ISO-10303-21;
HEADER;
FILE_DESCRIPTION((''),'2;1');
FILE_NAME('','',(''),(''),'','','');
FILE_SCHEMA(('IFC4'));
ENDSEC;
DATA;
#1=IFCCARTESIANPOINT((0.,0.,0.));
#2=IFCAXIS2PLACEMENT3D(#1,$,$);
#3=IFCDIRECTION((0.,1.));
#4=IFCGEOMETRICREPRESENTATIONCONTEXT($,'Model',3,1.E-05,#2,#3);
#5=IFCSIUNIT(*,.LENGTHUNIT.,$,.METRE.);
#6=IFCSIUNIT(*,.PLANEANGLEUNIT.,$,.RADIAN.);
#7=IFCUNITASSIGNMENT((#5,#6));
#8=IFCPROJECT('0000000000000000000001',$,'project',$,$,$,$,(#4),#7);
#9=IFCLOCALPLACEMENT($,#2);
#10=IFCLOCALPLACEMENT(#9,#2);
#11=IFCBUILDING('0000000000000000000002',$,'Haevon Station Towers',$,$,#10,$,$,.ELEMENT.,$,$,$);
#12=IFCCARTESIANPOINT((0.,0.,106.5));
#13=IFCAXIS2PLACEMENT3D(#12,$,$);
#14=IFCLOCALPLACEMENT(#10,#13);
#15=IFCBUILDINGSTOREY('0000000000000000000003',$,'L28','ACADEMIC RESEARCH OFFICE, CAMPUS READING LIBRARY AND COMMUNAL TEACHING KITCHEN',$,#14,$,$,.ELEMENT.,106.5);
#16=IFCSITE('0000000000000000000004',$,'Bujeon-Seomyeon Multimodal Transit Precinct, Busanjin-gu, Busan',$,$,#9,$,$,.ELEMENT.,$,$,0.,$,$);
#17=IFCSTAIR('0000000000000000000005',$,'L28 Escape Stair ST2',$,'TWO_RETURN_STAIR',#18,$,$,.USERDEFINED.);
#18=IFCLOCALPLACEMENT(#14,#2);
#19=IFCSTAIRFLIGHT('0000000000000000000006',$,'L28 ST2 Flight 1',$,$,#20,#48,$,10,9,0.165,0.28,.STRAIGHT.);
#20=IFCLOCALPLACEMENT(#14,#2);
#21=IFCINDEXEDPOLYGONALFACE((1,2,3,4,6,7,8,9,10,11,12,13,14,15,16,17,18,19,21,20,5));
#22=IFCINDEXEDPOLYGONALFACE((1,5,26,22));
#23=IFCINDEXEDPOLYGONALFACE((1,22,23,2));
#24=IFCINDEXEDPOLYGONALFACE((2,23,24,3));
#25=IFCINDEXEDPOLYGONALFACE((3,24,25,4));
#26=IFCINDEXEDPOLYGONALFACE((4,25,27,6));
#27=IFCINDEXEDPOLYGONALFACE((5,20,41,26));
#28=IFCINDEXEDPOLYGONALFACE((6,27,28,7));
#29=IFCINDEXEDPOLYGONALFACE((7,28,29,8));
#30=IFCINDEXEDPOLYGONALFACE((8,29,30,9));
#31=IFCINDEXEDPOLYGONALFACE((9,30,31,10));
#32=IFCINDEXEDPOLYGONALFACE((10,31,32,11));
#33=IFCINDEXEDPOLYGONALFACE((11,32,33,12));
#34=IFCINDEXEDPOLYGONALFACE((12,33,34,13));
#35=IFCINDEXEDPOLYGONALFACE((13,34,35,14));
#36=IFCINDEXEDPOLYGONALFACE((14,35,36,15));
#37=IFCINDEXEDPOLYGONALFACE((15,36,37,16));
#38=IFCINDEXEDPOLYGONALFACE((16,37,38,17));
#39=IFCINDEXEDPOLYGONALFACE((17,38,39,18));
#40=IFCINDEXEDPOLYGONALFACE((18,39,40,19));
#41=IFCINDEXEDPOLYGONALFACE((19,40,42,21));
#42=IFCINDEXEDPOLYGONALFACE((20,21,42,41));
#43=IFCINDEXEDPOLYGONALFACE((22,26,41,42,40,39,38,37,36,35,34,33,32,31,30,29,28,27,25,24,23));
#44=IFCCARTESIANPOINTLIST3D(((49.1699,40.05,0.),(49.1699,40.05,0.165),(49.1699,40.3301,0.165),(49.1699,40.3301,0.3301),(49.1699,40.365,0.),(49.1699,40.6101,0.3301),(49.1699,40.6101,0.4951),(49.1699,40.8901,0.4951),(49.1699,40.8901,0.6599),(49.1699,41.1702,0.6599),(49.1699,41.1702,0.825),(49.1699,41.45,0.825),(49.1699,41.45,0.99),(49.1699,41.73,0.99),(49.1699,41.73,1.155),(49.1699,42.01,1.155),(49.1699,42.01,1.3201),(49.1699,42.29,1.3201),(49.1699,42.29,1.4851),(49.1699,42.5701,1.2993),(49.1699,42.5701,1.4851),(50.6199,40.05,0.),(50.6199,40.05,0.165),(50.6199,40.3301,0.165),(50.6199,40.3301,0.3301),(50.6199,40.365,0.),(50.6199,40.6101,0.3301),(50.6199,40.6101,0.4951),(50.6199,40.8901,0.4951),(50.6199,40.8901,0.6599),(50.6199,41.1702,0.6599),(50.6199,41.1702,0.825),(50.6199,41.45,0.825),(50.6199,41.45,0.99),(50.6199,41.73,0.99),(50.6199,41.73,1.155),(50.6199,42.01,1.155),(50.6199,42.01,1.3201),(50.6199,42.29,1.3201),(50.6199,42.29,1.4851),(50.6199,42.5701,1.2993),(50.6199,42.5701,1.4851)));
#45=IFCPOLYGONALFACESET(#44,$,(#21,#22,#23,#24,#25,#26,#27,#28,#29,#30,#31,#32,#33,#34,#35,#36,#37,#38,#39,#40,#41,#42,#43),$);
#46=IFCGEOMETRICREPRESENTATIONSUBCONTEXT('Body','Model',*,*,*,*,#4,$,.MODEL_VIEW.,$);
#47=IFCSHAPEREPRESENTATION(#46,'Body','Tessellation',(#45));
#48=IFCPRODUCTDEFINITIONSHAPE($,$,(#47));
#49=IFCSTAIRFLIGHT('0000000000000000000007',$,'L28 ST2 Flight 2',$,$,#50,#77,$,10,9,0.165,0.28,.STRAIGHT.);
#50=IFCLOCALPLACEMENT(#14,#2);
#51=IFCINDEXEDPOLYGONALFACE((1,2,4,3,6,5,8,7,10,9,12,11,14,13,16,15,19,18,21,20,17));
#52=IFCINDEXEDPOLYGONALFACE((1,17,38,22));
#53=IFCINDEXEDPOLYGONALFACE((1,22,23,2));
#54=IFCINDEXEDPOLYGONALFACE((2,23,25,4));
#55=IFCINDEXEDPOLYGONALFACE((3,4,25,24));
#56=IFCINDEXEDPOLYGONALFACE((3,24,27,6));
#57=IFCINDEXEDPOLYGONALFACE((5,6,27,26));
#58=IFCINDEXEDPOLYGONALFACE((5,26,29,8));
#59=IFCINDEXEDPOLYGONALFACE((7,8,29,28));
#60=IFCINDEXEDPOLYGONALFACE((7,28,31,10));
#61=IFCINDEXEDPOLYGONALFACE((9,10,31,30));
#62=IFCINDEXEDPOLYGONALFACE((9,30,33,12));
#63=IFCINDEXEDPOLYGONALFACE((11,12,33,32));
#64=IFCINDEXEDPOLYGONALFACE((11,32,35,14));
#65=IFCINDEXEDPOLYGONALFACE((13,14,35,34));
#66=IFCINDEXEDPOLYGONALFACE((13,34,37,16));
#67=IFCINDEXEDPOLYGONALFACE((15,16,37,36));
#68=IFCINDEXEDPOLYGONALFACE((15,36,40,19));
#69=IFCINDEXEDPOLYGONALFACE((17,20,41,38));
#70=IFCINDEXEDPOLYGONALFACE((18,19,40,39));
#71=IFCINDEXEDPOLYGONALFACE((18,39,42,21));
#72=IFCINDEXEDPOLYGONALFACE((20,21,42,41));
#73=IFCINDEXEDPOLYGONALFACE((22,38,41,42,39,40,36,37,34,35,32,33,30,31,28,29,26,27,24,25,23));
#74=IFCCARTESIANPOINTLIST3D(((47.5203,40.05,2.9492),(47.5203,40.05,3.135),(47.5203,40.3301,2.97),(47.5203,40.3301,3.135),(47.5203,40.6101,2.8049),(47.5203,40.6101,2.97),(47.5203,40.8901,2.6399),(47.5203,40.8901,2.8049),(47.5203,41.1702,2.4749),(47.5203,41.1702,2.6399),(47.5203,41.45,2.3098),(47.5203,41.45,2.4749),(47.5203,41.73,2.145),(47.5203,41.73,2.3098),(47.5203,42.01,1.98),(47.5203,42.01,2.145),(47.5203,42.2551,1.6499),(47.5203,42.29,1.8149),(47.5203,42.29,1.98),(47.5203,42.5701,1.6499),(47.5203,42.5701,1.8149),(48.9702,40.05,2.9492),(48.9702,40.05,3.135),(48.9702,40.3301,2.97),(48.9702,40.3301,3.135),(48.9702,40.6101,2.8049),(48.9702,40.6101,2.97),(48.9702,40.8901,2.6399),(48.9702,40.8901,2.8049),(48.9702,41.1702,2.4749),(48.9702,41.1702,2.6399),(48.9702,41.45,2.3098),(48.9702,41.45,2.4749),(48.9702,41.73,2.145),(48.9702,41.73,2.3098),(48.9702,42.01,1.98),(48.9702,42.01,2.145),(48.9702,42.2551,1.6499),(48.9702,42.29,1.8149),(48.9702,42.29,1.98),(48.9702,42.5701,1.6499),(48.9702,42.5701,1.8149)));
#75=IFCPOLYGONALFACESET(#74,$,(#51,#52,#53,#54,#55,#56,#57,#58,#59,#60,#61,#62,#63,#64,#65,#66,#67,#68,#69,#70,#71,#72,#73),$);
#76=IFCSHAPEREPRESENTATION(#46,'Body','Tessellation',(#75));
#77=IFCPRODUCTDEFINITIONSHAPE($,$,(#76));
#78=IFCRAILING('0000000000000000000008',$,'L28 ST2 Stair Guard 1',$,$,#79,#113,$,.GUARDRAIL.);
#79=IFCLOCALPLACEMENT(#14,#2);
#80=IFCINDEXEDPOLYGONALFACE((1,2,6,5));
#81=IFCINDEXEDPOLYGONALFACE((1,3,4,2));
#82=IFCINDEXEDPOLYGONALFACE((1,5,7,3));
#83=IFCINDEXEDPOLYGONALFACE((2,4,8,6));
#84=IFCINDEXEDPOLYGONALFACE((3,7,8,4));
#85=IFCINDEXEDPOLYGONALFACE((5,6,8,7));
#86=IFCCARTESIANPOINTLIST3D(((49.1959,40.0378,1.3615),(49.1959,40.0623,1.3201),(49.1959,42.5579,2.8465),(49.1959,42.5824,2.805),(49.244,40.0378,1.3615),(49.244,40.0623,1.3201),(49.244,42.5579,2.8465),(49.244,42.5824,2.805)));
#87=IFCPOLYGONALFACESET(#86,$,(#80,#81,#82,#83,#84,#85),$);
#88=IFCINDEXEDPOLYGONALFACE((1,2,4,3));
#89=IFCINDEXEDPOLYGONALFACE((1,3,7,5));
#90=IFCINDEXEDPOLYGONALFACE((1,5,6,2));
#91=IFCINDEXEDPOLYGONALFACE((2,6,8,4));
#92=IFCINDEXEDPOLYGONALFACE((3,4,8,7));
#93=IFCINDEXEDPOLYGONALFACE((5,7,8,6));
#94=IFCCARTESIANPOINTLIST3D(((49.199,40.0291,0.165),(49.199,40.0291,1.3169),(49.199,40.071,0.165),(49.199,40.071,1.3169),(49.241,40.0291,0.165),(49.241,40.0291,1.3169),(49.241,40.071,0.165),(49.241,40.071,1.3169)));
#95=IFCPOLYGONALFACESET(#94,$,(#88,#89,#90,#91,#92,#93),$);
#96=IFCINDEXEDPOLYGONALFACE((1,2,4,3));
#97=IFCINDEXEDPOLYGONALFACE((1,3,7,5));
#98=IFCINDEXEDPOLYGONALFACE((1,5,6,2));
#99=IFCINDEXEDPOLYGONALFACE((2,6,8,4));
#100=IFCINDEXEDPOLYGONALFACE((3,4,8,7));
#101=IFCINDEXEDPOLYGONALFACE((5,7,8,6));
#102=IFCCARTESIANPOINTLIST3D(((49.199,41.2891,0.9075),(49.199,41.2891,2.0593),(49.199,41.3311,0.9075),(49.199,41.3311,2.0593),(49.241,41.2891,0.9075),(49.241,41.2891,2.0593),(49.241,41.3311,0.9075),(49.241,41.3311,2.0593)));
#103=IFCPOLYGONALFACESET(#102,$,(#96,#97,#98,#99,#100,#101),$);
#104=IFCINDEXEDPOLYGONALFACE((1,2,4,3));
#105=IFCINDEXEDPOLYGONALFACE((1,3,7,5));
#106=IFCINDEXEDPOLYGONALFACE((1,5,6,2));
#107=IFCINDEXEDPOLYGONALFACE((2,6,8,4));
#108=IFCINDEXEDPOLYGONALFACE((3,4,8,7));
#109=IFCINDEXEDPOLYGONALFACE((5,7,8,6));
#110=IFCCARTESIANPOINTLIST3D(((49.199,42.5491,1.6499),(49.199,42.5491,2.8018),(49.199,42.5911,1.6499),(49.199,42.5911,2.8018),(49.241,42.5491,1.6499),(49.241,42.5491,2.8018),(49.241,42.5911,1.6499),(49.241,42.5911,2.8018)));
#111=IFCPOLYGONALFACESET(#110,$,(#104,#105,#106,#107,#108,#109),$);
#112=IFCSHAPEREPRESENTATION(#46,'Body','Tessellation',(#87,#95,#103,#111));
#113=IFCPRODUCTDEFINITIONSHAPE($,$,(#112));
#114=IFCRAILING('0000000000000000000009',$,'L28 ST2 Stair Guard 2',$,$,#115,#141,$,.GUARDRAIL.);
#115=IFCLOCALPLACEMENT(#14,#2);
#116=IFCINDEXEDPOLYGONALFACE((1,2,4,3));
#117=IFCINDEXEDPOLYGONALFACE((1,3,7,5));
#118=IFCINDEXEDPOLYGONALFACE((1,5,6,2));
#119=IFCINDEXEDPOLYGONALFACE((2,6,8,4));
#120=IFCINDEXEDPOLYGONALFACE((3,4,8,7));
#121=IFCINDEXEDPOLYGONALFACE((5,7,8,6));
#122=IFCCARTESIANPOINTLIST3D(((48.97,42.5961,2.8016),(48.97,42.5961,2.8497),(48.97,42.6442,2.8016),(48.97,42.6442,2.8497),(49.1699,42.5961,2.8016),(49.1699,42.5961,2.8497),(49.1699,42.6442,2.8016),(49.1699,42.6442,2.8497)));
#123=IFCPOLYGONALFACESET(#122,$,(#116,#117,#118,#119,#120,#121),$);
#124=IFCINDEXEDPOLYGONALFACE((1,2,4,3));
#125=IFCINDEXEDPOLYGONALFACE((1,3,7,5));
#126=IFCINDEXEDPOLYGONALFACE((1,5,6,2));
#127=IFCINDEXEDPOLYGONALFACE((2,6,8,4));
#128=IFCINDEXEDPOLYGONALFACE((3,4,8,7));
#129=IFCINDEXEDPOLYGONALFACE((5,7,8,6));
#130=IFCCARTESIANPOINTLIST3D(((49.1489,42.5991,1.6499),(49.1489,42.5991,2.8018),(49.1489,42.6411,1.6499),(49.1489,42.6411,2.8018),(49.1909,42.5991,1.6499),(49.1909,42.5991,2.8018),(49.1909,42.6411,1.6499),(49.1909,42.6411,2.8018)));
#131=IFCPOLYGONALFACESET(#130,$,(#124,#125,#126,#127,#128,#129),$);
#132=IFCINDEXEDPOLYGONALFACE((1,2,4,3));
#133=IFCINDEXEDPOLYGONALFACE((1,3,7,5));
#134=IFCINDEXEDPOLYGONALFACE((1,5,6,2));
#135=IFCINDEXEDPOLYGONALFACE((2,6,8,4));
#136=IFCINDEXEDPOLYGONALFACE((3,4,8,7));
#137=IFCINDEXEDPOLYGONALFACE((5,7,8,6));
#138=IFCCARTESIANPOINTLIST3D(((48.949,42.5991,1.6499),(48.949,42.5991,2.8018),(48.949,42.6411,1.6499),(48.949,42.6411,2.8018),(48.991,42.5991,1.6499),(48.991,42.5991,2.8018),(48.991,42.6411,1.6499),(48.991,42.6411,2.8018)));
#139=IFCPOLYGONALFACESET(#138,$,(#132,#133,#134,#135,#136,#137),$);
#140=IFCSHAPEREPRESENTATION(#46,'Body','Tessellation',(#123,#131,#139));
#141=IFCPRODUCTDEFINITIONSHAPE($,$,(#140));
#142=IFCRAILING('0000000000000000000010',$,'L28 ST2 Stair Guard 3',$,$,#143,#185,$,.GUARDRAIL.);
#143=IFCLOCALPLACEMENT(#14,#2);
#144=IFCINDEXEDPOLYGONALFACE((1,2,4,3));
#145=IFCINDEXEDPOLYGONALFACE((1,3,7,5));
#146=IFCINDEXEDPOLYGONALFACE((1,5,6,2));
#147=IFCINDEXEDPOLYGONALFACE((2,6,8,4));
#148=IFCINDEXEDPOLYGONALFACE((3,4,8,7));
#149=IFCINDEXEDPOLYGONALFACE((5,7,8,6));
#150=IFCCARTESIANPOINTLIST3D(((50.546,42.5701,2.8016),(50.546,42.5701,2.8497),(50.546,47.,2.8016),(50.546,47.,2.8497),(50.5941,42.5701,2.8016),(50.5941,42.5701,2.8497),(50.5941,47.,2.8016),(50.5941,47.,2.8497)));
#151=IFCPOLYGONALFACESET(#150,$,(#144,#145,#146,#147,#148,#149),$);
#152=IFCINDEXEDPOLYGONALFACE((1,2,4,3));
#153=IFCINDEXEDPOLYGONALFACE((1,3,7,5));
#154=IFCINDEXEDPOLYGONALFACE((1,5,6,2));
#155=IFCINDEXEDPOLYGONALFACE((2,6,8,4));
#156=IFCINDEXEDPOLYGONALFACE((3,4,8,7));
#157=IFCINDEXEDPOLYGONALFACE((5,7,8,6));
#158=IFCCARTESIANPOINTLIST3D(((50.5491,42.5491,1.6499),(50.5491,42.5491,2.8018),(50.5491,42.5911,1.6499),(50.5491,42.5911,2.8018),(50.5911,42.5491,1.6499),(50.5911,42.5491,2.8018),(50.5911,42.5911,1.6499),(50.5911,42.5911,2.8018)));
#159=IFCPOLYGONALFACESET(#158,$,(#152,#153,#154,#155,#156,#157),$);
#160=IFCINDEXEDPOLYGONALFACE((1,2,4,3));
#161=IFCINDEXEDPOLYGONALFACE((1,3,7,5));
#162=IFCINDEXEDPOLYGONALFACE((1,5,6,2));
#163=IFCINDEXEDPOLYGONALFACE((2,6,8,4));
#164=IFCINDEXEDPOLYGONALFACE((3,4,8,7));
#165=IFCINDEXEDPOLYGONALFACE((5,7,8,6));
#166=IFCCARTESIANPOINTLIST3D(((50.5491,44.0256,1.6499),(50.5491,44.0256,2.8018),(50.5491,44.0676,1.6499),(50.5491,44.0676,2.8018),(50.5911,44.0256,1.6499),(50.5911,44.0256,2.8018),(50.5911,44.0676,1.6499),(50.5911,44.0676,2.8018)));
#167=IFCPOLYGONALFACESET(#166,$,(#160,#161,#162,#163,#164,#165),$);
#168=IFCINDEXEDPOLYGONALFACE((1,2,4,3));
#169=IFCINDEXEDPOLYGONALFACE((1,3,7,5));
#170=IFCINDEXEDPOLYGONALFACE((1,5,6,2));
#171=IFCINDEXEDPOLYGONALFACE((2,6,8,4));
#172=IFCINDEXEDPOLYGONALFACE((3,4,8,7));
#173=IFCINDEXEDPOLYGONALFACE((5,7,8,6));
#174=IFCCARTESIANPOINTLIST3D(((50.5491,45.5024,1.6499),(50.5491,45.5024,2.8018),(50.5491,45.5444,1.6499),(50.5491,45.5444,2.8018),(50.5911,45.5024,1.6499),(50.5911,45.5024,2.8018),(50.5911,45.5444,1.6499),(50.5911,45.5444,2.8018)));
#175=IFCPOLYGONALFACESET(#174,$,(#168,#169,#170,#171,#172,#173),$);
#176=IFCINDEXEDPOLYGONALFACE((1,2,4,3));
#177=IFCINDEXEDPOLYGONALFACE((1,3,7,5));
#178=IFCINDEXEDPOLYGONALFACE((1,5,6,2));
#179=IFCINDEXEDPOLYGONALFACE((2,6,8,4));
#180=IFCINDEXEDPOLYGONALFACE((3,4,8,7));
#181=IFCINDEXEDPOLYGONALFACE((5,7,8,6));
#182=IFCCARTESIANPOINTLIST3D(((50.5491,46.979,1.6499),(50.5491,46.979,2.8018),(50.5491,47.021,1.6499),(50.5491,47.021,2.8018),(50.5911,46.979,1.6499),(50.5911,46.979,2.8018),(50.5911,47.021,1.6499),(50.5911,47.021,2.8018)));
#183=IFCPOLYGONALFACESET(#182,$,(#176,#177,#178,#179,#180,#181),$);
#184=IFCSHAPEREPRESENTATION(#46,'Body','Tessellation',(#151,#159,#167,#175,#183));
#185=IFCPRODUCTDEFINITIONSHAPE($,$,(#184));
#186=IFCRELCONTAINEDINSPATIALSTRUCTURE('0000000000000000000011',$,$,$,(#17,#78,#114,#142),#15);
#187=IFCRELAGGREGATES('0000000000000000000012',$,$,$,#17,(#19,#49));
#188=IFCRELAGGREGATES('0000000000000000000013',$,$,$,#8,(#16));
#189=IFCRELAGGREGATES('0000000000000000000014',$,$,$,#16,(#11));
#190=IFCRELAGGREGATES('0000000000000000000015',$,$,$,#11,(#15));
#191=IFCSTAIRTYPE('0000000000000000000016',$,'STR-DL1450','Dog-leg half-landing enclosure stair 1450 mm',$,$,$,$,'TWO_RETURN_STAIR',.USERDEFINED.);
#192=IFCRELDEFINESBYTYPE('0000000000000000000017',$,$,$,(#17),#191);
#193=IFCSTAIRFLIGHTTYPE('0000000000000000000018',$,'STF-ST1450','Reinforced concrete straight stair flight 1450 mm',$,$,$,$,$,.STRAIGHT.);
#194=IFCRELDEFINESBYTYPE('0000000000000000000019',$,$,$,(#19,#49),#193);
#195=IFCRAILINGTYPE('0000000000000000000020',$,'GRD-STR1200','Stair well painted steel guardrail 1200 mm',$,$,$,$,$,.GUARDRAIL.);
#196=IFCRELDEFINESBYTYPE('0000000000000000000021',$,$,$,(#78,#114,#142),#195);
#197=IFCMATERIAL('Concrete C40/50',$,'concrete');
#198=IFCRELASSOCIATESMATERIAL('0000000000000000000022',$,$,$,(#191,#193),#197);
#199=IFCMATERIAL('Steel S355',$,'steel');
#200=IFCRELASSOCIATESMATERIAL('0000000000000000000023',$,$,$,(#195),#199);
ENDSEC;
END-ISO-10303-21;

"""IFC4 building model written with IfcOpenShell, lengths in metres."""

from ifc_helpers import new_model, si_unit, direction, frame, origin, origin_2d, place, context, subcontext, project, spatial, polyline, rectangle, outline, extrude, material, type_object, element, aggregate, save


model = new_model("IFC4")

# Units and contexts
model_context = context("Model", 3, precision=1e-05, world=origin(), true_north=direction((0.0, 1.0)))
body_context = subcontext(model_context, "Body", "Model", "MODEL_VIEW")
ifc_project = project(units=[si_unit("LENGTHUNIT", "METRE"), si_unit("PLANEANGLEUNIT", "RADIAN")], contexts=[model_context])

# Site, building, storey
site_placement = place(None, origin())
site = spatial("IfcSite", under=ifc_project, at=site_placement, Name="Bujeon-Seomyeon Multimodal Transit Precinct, Busanjin-gu, Busan", CompositionType="ELEMENT", RefElevation=0.0)
building_placement = place(site_placement, origin())
building = spatial("IfcBuilding", under=site, at=building_placement, Name="Haevon Station Towers", CompositionType="ELEMENT")
storey_placement = place(building_placement, frame((0.0, 0.0, 106.5)))
storey = spatial("IfcBuildingStorey", under=building, at=storey_placement, Name="L28", Description="ACADEMIC RESEARCH OFFICE, CAMPUS READING LIBRARY AND COMMUNAL TEACHING KITCHEN", CompositionType="ELEMENT", Elevation=106.5)

# Shared definitions
ifc_material_1 = material(Name="Steel S355", Category="steel")

# Shared definitions
ifc_material_2 = material(Name="Concrete C40/50", Category="concrete")

# Stair, stair flights
stair_type = type_object("IfcStairType", Name="STR-DL1450", Description="Dog-leg half-landing enclosure stair 1450 mm", ElementType="TWO_RETURN_STAIR", PredefinedType="USERDEFINED", material=ifc_material_2)
stair_placement = place(storey_placement, origin())
stair = element("IfcStair", 1, at=stair_placement, inside=storey, type_object=stair_type, Name="L28 Escape Stair ST2", ObjectType="TWO_RETURN_STAIR", PredefinedType="USERDEFINED")
stair_flight_type = type_object("IfcStairFlightType", Name="STF-ST1450", Description="Reinforced concrete straight stair flight 1450 mm", PredefinedType="STRAIGHT", material=ifc_material_2)
stair_flight_1_placement = place(storey_placement, frame((49.895, 40.05, 0.0), z_axis=(0.0, 0.0, 1.0), x_axis=(0.0, 1.0, 0.0)))
stair_flight_1 = element("IfcStairFlight", 2, at=stair_flight_1_placement, type_object=stair_flight_type, Name="L28 ST2 Flight 1", NumberOfRisers=10, NumberOfTreads=9, PredefinedType="STRAIGHT", RiserHeight=0.165, TreadLength=0.28, context=body_context, shape_type="SweptSolid", body=[
    extrude(outline(polyline([(0.0, 0.0), (0.0, 0.165), (0.28, 0.165), (0.28, 0.3301), (0.5601, 0.3301), (0.5601, 0.4951), (0.8401, 0.4951), (0.8401, 0.6599), (1.1201, 0.6599), (1.1201, 0.825), (1.3999, 0.825), (1.3999, 0.99), (1.6799, 0.99), (1.6799, 1.155), (1.96, 1.155), (1.96, 1.3201), (2.24, 1.3201), (2.24, 1.4851), (2.52, 1.4851), (2.52, 1.6499), (2.52, 1.2993), (0.3149, 0.0), (0.0, 0.0)])), frame((0.0, 0.7251, 0.0), z_axis=(0.0, -1.0, 0.0), x_axis=(1.0, 0.0, 0.0)), (0.0, 0.0, 1.0), 1.45),
])
stair_flight_2_placement = place(storey_placement, frame((48.2451, 42.5701, 1.6499), z_axis=(0.0, 0.0, 1.0), x_axis=(0.0, -1.0, 0.0)))
stair_flight_2 = element("IfcStairFlight", 3, at=stair_flight_2_placement, type_object=stair_flight_type, Name="L28 ST2 Flight 2", NumberOfRisers=10, NumberOfTreads=9, PredefinedType="STRAIGHT", RiserHeight=0.165, TreadLength=0.28, context=body_context, shape_type="SweptSolid", body=[
    extrude(outline(polyline([(0.0, 0.0), (0.0, 0.165), (0.28, 0.165), (0.28, 0.3301), (0.5601, 0.3301), (0.5601, 0.4951), (0.8401, 0.4951), (0.8401, 0.6599), (1.1201, 0.6599), (1.1201, 0.825), (1.3999, 0.825), (1.3999, 0.99), (1.6799, 0.99), (1.6799, 1.155), (1.96, 1.155), (1.96, 1.3201), (2.24, 1.3201), (2.24, 1.4851), (2.52, 1.4851), (2.52, 1.6499), (2.52, 1.2993), (0.3149, 0.0), (0.0, 0.0)])), frame((0.0, 0.7251, 0.0), z_axis=(0.0, -1.0, 0.0), x_axis=(1.0, 0.0, 0.0)), (0.0, 0.0, 1.0), 1.45),
])
aggregate(stair, [stair_flight_1, stair_flight_2])

# Railings
railing_type_1 = type_object("IfcRailingType", Name="GRD-STR1200", Description="Stair well painted steel guardrail 1200 mm", PredefinedType="GUARDRAIL", material=ifc_material_1)
railing_1_placement = place(storey_placement, frame((49.22, 40.05, 0.165)))
element("IfcRailing", 4, at=railing_1_placement, inside=storey, type_object=railing_type_1, Name="L28 ST2 Stair Guard 1", PredefinedType="GUARDRAIL", context=body_context, shape_type="SweptSolid", body=[
    extrude(rectangle(XDim=0.0481, YDim=0.0481, at=origin_2d()), frame((0.0, 0.0, 1.1758), z_axis=(0.0, 0.861561, 0.507655), x_axis=(-1.0, 0.0, 0.0)), (0.0, 0.0, 1.0), 2.925),
    extrude(rectangle(XDim=0.042, YDim=0.042, at=origin_2d()), origin(), (0.0, 0.0, 1.0), 1.1519),
    extrude(rectangle(XDim=0.042, YDim=0.042, at=origin_2d()), frame((0.0, 1.26, 0.7424)), (0.0, 0.0, 1.0), 1.1519),
    extrude(rectangle(XDim=0.042, YDim=0.042, at=origin_2d()), frame((0.0, 2.52, 1.4849)), (0.0, 0.0, 1.0), 1.1519),
])
railing_2_placement = place(storey_placement, frame((49.1699, 42.6201, 1.6499)))
element("IfcRailing", 5, at=railing_2_placement, inside=storey, type_object=railing_type_1, Name="L28 ST2 Stair Guard 2", PredefinedType="GUARDRAIL", context=body_context, shape_type="SweptSolid", body=[
    extrude(rectangle(XDim=0.0481, YDim=0.0481, at=origin_2d()), frame((0.0, 0.0, 1.1758), z_axis=(-1.0, 0.0, 0.0), x_axis=(0.0, -1.0, 0.0)), (0.0, 0.0, 1.0), 0.2),
    extrude(rectangle(XDim=0.042, YDim=0.042, at=origin_2d()), origin(), (0.0, 0.0, 1.0), 1.1519),
    extrude(rectangle(XDim=0.042, YDim=0.042, at=origin_2d()), frame((-0.2, 0.0, 0.0)), (0.0, 0.0, 1.0), 1.1519),
])
for number, where, name in (
    (6, (50.5701, 42.5701, 1.6499), "L28 ST2 Stair Guard 3"),
):
    element("IfcRailing", number, at=place(storey_placement, frame(where)), inside=storey, type_object=railing_type_1, Name=name, PredefinedType="GUARDRAIL", context=body_context, shape_type="SweptSolid", body=[
        extrude(rectangle(XDim=0.0481, YDim=0.0481, at=origin_2d()), frame((0.0, 0.0, 1.1758), z_axis=(0.0, 1.0, 0.0), x_axis=(-1.0, 0.0, 0.0)), (0.0, 0.0, 1.0), 4.4299),
        extrude(rectangle(XDim=0.042, YDim=0.042, at=origin_2d()), origin(), (0.0, 0.0, 1.0), 1.1519),
        extrude(rectangle(XDim=0.042, YDim=0.042, at=origin_2d()), frame((0.0, 1.4766, 0.0)), (0.0, 0.0, 1.0), 1.1519),
        extrude(rectangle(XDim=0.042, YDim=0.042, at=origin_2d()), frame((0.0, 2.9534, 0.0)), (0.0, 0.0, 1.0), 1.1519),
        extrude(rectangle(XDim=0.042, YDim=0.042, at=origin_2d()), frame((0.0, 4.4299, 0.0)), (0.0, 0.0, 1.0), 1.1519),
    ])

save(model, "model.ifc")
